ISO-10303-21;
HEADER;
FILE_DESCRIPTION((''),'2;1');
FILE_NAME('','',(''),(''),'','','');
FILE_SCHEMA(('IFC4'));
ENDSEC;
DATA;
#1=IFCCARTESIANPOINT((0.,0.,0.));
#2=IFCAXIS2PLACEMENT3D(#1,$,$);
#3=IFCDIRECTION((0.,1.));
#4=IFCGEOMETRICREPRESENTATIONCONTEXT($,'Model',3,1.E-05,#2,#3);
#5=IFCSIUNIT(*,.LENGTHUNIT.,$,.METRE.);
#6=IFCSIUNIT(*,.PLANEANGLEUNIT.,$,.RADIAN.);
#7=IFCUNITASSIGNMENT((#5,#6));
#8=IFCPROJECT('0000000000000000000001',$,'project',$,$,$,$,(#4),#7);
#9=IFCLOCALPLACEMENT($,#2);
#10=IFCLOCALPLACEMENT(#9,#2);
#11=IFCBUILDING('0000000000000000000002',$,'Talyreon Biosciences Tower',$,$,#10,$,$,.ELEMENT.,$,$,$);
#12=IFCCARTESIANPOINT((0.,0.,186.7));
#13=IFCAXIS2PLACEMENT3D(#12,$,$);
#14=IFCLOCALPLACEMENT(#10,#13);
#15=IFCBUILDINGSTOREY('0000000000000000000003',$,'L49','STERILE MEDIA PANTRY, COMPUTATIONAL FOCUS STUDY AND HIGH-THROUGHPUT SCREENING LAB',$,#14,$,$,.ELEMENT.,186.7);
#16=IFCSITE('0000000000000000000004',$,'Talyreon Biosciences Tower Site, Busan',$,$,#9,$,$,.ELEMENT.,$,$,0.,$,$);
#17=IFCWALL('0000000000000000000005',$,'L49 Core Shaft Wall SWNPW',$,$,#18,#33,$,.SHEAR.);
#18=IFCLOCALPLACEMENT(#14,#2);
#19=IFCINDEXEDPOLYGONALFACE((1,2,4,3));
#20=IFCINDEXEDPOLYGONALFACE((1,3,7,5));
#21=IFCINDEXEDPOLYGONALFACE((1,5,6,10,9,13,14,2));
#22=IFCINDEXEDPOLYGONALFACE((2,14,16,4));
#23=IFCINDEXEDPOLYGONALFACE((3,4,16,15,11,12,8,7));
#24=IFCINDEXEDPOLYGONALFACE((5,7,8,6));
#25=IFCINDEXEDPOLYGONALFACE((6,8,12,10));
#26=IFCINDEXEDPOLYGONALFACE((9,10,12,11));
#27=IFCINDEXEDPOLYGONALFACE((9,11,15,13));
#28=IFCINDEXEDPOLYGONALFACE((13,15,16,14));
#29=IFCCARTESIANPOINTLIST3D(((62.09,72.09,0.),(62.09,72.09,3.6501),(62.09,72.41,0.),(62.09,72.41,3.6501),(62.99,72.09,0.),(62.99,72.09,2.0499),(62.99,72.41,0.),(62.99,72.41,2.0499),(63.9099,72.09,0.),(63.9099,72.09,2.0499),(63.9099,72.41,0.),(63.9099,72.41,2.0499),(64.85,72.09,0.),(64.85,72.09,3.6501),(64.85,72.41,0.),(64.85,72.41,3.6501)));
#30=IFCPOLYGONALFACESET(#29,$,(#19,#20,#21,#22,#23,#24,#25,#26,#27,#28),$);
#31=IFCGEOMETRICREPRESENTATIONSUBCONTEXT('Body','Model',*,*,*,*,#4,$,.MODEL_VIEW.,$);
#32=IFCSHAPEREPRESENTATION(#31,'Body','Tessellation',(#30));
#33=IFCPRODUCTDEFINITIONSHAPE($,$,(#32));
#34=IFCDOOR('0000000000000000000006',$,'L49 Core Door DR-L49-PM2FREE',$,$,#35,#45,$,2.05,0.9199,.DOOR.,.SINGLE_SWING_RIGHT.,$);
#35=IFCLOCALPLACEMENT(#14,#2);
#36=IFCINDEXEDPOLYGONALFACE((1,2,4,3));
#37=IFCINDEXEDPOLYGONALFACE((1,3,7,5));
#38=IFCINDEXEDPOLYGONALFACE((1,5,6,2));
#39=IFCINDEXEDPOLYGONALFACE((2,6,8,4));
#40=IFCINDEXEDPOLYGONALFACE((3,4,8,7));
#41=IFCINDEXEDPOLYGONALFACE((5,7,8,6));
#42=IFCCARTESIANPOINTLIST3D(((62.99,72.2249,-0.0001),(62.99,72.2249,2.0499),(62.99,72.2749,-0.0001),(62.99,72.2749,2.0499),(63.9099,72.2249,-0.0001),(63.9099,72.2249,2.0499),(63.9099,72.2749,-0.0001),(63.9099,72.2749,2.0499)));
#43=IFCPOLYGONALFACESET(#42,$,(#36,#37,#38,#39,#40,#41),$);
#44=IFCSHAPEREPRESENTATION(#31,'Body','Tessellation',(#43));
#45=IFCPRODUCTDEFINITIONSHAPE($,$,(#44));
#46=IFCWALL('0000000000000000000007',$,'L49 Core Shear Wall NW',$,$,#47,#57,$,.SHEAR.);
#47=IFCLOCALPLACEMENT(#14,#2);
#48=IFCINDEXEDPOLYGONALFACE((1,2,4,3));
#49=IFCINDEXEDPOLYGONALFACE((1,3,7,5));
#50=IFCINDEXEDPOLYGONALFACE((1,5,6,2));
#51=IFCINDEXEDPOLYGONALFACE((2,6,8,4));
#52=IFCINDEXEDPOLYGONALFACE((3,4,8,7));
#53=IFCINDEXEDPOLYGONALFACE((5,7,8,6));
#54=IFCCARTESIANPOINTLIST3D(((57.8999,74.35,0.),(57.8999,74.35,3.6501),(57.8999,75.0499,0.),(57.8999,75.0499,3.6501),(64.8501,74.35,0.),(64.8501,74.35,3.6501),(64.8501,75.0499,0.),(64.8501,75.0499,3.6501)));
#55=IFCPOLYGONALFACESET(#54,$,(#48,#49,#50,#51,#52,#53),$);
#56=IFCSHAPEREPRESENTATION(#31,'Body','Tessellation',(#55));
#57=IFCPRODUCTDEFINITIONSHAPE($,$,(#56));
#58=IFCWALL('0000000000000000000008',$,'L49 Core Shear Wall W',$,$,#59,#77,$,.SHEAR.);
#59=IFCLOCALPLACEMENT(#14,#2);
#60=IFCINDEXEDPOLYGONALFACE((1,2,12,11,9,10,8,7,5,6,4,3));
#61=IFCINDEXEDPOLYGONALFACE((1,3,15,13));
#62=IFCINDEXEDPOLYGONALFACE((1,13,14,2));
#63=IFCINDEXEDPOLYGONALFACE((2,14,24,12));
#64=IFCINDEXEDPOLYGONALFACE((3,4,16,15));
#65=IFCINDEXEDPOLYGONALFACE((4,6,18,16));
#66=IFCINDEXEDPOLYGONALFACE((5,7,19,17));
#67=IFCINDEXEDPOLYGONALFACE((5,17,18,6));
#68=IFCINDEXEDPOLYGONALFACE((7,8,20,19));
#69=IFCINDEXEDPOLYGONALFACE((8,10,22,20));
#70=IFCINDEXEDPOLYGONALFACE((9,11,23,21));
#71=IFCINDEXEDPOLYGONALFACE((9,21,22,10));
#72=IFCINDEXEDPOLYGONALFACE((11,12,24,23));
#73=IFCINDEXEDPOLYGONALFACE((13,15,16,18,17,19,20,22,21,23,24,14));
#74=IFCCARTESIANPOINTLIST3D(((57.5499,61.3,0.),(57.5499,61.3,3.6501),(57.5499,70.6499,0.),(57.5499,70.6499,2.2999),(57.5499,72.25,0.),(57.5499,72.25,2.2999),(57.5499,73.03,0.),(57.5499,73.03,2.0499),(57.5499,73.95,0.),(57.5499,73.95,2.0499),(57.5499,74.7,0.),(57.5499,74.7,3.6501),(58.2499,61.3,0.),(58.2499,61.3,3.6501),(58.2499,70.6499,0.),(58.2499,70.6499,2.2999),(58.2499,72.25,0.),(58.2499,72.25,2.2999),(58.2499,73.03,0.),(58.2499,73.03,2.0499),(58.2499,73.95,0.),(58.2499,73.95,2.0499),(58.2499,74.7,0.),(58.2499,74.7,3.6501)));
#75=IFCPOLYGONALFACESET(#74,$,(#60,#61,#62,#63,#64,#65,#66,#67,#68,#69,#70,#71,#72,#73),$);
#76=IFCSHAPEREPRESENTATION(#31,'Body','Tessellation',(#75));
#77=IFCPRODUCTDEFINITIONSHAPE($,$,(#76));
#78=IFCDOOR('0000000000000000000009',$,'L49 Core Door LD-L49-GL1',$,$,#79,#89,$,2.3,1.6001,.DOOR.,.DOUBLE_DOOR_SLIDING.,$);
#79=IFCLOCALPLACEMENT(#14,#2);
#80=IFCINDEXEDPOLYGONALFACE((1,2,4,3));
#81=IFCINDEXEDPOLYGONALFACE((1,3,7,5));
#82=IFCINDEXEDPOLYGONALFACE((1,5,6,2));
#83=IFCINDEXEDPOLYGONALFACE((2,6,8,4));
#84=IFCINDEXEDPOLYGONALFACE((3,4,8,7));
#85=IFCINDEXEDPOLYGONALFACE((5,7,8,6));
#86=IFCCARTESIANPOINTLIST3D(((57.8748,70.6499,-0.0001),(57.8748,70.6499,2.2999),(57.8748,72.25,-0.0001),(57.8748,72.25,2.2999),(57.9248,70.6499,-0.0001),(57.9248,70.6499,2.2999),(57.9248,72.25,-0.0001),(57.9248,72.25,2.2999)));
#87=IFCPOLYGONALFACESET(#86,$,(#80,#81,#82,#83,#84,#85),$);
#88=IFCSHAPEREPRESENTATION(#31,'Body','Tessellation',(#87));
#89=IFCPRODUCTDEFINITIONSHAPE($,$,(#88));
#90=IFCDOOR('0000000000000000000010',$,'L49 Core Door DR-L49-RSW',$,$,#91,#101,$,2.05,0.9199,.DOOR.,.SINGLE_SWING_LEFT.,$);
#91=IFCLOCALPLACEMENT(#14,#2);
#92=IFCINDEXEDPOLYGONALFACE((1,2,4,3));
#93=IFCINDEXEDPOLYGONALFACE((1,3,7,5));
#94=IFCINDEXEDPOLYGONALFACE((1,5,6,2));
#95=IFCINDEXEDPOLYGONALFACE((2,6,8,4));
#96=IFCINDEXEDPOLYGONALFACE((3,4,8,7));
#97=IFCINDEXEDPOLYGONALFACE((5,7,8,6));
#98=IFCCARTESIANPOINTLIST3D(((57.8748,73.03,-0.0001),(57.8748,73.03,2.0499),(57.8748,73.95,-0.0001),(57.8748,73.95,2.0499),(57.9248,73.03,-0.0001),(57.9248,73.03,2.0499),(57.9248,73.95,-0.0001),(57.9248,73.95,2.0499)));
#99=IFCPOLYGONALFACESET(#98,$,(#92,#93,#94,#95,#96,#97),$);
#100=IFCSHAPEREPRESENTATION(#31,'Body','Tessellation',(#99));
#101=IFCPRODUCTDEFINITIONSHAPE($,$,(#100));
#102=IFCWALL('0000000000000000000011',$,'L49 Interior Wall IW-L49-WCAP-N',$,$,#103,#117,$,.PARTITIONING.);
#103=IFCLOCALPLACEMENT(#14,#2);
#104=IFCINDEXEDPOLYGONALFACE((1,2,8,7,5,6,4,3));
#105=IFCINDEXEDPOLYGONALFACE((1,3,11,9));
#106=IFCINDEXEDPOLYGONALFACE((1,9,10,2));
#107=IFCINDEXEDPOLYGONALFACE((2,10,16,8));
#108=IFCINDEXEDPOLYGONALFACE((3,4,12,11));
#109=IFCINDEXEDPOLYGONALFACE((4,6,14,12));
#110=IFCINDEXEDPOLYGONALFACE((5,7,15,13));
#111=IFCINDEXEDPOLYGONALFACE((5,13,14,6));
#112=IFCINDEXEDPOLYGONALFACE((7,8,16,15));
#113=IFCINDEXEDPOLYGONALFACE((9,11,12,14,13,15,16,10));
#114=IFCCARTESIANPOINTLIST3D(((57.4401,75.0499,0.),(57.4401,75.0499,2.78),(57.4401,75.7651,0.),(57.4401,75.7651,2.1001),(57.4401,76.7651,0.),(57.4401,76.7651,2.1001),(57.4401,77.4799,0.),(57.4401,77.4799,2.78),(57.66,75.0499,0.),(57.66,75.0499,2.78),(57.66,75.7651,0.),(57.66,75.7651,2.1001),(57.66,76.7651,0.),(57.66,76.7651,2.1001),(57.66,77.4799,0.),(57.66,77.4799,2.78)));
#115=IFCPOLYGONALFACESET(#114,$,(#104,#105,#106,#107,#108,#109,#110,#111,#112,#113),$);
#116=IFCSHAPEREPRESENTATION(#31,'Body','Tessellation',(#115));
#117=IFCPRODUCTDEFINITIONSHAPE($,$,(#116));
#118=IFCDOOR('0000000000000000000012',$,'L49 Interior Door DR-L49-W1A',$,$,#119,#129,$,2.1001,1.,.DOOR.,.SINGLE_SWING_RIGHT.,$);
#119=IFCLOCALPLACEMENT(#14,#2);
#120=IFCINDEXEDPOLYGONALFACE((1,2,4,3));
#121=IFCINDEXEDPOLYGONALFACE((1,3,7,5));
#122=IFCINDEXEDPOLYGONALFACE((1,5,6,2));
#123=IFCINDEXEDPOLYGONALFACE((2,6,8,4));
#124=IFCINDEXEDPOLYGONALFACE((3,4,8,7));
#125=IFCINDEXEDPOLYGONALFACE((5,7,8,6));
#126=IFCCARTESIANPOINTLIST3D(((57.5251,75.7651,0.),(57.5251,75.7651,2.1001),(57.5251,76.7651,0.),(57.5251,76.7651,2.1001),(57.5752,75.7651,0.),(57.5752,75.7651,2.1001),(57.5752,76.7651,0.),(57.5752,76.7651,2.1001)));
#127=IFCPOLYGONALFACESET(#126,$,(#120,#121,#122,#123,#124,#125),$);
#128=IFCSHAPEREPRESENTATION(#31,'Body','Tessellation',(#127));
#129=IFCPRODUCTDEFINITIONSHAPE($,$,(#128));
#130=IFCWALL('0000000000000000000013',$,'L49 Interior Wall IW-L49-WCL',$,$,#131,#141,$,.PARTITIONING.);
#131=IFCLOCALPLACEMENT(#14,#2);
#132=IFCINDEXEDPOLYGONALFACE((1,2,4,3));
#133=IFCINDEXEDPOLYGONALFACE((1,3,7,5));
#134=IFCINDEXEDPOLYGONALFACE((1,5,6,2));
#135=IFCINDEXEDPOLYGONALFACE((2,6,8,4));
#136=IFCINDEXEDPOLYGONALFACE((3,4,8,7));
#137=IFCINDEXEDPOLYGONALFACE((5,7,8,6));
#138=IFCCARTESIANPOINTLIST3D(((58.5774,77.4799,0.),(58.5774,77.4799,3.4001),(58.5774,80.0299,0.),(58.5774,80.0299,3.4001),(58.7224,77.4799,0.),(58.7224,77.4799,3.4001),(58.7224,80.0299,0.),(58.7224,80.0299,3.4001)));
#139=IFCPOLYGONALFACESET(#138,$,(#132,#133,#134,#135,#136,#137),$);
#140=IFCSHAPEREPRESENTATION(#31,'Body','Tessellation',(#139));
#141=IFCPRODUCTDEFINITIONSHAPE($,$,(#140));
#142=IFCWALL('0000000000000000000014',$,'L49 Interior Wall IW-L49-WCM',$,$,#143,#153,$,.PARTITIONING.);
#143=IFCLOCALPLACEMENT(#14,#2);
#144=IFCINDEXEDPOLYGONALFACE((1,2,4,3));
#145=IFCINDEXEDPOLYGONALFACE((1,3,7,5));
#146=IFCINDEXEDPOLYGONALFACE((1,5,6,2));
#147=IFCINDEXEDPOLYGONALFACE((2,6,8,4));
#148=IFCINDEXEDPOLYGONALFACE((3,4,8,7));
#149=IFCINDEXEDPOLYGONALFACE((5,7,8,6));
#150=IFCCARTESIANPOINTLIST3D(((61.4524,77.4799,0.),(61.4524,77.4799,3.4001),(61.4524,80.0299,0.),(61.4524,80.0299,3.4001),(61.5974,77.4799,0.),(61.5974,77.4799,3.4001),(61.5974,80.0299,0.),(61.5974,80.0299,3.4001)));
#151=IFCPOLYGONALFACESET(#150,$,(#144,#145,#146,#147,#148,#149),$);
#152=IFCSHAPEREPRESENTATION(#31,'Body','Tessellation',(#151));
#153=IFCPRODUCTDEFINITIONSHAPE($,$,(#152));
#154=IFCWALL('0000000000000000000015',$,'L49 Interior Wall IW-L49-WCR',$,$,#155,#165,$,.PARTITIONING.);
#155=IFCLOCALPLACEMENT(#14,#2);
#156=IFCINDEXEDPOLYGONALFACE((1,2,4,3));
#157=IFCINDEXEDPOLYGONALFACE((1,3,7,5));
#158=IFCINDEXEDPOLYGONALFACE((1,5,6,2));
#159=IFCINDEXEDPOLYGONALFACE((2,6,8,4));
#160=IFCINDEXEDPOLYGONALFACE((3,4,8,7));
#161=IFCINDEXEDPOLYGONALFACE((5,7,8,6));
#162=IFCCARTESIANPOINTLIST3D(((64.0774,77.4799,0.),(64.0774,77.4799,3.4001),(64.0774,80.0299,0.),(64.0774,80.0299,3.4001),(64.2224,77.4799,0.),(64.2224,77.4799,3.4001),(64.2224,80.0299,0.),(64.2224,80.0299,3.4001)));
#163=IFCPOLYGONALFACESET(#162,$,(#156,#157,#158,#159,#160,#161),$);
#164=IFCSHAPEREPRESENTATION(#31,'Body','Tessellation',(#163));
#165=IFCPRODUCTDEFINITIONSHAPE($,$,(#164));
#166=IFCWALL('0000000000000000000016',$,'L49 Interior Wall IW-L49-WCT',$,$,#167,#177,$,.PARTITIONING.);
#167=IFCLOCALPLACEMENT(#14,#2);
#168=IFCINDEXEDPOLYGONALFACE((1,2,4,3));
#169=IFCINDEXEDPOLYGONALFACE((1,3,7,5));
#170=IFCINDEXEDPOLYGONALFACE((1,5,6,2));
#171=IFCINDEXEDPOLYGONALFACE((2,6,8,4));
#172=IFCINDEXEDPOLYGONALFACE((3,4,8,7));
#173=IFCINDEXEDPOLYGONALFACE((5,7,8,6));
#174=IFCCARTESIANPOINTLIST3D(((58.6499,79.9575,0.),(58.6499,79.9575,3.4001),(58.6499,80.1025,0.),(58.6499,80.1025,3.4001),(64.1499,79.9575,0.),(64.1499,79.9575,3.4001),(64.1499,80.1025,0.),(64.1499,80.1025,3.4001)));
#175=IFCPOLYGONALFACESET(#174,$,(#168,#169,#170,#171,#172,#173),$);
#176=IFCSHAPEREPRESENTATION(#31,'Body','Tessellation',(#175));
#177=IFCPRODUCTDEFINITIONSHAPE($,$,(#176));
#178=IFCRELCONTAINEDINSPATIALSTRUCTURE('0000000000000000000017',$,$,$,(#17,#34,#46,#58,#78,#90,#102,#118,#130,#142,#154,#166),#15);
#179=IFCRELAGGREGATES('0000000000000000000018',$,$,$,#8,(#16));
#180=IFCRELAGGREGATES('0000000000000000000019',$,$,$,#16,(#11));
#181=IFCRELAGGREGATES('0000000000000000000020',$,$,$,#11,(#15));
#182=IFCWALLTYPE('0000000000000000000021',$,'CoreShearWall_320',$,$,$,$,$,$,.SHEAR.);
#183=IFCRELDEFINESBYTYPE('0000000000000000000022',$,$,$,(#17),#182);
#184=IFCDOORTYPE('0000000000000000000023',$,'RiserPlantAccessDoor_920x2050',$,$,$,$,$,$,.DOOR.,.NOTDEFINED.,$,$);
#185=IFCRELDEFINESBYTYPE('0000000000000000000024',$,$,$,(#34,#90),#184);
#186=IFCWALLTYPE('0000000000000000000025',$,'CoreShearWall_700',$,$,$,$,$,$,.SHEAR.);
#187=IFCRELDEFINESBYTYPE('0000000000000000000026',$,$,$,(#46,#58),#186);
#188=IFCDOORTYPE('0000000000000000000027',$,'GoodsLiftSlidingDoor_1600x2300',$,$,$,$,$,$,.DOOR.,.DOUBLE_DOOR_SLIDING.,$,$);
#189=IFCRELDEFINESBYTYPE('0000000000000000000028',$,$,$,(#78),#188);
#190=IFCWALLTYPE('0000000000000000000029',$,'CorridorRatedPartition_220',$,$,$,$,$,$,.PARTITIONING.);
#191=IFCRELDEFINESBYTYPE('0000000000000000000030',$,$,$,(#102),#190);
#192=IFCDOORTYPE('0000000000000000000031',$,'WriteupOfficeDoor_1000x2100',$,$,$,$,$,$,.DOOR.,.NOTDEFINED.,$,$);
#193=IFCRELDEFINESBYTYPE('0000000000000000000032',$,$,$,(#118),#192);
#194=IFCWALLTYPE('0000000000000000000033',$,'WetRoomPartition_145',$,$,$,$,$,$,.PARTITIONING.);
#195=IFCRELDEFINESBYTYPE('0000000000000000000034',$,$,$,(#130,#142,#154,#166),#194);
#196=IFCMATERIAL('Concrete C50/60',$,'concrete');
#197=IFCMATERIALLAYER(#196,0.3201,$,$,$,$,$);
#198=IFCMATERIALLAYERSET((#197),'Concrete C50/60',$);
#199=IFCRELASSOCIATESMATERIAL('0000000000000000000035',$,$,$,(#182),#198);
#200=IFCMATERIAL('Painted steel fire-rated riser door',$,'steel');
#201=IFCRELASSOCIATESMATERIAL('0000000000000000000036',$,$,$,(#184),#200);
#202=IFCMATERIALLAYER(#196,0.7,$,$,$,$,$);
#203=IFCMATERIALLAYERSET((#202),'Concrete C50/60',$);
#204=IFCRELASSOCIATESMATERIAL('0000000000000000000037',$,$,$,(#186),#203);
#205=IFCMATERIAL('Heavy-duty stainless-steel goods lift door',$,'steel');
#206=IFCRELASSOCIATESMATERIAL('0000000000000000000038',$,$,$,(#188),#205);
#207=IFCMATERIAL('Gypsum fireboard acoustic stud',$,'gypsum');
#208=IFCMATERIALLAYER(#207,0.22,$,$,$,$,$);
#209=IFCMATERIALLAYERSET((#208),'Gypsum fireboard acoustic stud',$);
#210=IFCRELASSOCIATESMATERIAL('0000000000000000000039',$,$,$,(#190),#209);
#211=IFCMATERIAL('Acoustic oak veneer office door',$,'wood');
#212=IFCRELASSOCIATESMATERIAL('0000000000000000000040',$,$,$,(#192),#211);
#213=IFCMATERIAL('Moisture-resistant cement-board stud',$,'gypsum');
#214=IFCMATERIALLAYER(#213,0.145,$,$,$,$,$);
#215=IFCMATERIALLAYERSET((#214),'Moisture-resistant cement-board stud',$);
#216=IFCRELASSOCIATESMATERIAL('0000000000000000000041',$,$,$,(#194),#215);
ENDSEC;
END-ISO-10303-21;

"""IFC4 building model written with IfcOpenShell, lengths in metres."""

from ifc_helpers import new_model, si_unit, direction, frame, frame_2d, origin, place, context, subcontext, project, spatial, rectangle, extrude, material, layer, layer_set, type_object, element, fill, save


model = new_model("IFC4")

# Units and contexts
model_context = context("Model", 3, precision=1e-05, world=origin(), true_north=direction((0.0, 1.0)))
body_context = subcontext(model_context, "Body", "Model", "MODEL_VIEW")
ifc_project = project(units=[si_unit("LENGTHUNIT", "METRE"), si_unit("PLANEANGLEUNIT", "RADIAN")], contexts=[model_context])

# Site, building, storey
site_placement = place(None, origin())
site = spatial("IfcSite", under=ifc_project, at=site_placement, Name="Talyreon Biosciences Tower Site, Busan", CompositionType="ELEMENT", RefElevation=0.0)
building_placement = place(site_placement, origin())
building = spatial("IfcBuilding", under=site, at=building_placement, Name="Talyreon Biosciences Tower", CompositionType="ELEMENT")
storey_placement = place(building_placement, frame((0.0, 0.0, 186.7)))
storey = spatial("IfcBuildingStorey", under=building, at=storey_placement, Name="L49", Description="STERILE MEDIA PANTRY, COMPUTATIONAL FOCUS STUDY AND HIGH-THROUGHPUT SCREENING LAB", CompositionType="ELEMENT", Elevation=186.7)

# Shared definitions
ifc_material_1 = material(Name="Concrete C50/60", Category="concrete")

# Shared definitions
ifc_layer_1 = layer(ifc_material_1, 0.3201)
ifc_layer_set_1 = layer_set([ifc_layer_1], Name="Concrete C50/60")
wall_type_1 = type_object("IfcWallType", Name="CoreShearWall_320", PredefinedType="SHEAR", material=ifc_layer_set_1)

# Wall, opening, door
wall_1_placement = place(storey_placement, frame((62.0901, 72.25, 0.0), z_axis=(0.0, 0.0, 1.0), x_axis=(1.0, 0.0, 0.0)))
wall_1 = element("IfcWall", 1, at=wall_1_placement, inside=storey, type_object=wall_type_1, Name="L49 Core Shaft Wall SWNPW", PredefinedType="SHEAR", context=body_context, shape_type="SweptSolid", body=[
    extrude(rectangle(XDim=2.76, YDim=0.3201, at=frame_2d((1.3799, 0.0))), origin(), (0.0, 0.0, 1.0), 3.6501),
])
opening_1_placement = place(wall_1_placement, frame((0.8999, 0.0, 0.0)))
opening_1 = element("IfcOpeningElement", 2, at=opening_1_placement, cuts=wall_1, PredefinedType="OPENING", context=body_context, shape_type="SweptSolid", body=[
    extrude(rectangle(XDim=0.9199, YDim=2.05, at=frame_2d((0.46, 1.0249))), frame((0.0, 0.1699, 0.0), z_axis=(0.0, -1.0, 0.0), x_axis=(1.0, 0.0, 0.0)), (0.0, 0.0, 1.0), 0.3401),
])
ifc_material_2 = material(Name="Painted steel fire-rated riser door", Category="steel")
door_type_1 = type_object("IfcDoorType", Name="RiserPlantAccessDoor_920x2050", OperationType="NOTDEFINED", PredefinedType="DOOR", material=ifc_material_2)
door_1_placement = place(opening_1_placement, origin())
door_1 = element("IfcDoor", 3, at=door_1_placement, inside=storey, type_object=door_type_1, Name="L49 Core Door DR-L49-PM2FREE", OperationType="SINGLE_SWING_RIGHT", OverallHeight=2.05, OverallWidth=0.9199, PredefinedType="DOOR", context=body_context, shape_type="SweptSolid", body=[
    extrude(rectangle(XDim=0.9199, YDim=2.05, at=frame_2d((0.46, 1.0249))), frame((0.0, 0.0249, 0.0), z_axis=(0.0, -1.0, 0.0), x_axis=(1.0, 0.0, 0.0)), (0.0, 0.0, 1.0), 0.05),
])
fill(opening_1, door_1)

# Wall
ifc_layer_2 = layer(ifc_material_1, 0.7)
ifc_layer_set_2 = layer_set([ifc_layer_2], Name="Concrete C50/60")
wall_type_2 = type_object("IfcWallType", Name="CoreShearWall_700", PredefinedType="SHEAR", material=ifc_layer_set_2)
wall_2_placement = place(storey_placement, frame((64.8501, 74.7, 0.0), z_axis=(0.0, 0.0, 1.0), x_axis=(-1.0, 0.0, 0.0)))
element("IfcWall", 4, at=wall_2_placement, inside=storey, type_object=wall_type_2, Name="L49 Core Shear Wall NW", PredefinedType="SHEAR", context=body_context, shape_type="SweptSolid", body=[
    extrude(rectangle(XDim=6.9502, YDim=0.7, at=frame_2d((3.4751, 0.0))), origin(), (0.0, 0.0, 1.0), 3.6501),
])

# Wall, openings, doors
wall_3_placement = place(storey_placement, frame((57.8999, 74.7, 0.0), z_axis=(0.0, 0.0, 1.0), x_axis=(0.0, -1.0, 0.0)))
wall_3 = element("IfcWall", 5, at=wall_3_placement, inside=storey, type_object=wall_type_2, Name="L49 Core Shear Wall W", PredefinedType="SHEAR", context=body_context, shape_type="SweptSolid", body=[
    extrude(rectangle(XDim=13.3999, YDim=0.7, at=frame_2d((6.7, 0.0))), origin(), (0.0, 0.0, 1.0), 3.6501),
])
opening_2_placement = place(wall_3_placement, frame((0.75, 0.0, 0.0)))
opening_2 = element("IfcOpeningElement", 6, at=opening_2_placement, cuts=wall_3, PredefinedType="OPENING", context=body_context, shape_type="SweptSolid", body=[
    extrude(rectangle(XDim=0.9199, YDim=2.05, at=frame_2d((0.46, 1.0249))), frame((0.0, 0.3599, 0.0), z_axis=(0.0, -1.0, 0.0), x_axis=(1.0, 0.0, 0.0)), (0.0, 0.0, 1.0), 0.72),
])
opening_3_placement = place(wall_3_placement, frame((2.45, 0.0, 0.0)))
opening_3 = element("IfcOpeningElement", 7, at=opening_3_placement, cuts=wall_3, PredefinedType="OPENING", context=body_context, shape_type="SweptSolid", body=[
    extrude(rectangle(XDim=1.6001, YDim=2.3, at=frame_2d((0.8, 1.1499))), frame((0.0, 0.3599, 0.0), z_axis=(0.0, -1.0, 0.0), x_axis=(1.0, 0.0, 0.0)), (0.0, 0.0, 1.0), 0.72),
])
ifc_material_3 = material(Name="Heavy-duty stainless-steel goods lift door", Category="steel")
door_type_2 = type_object("IfcDoorType", Name="GoodsLiftSlidingDoor_1600x2300", OperationType="DOUBLE_DOOR_SLIDING", PredefinedType="DOOR", material=ifc_material_3)
door_2_placement = place(opening_3_placement, origin())
door_2 = element("IfcDoor", 8, at=door_2_placement, inside=storey, type_object=door_type_2, Name="L49 Core Door LD-L49-GL1", OperationType="DOUBLE_DOOR_SLIDING", OverallHeight=2.3, OverallWidth=1.6001, PredefinedType="DOOR", context=body_context, shape_type="SweptSolid", body=[
    extrude(rectangle(XDim=1.6001, YDim=2.3, at=frame_2d((0.8, 1.1499))), frame((0.0, 0.0249, 0.0), z_axis=(0.0, -1.0, 0.0), x_axis=(1.0, 0.0, 0.0)), (0.0, 0.0, 1.0), 0.05),
])
fill(opening_3, door_2)
door_3_placement = place(opening_2_placement, origin())
door_3 = element("IfcDoor", 9, at=door_3_placement, inside=storey, type_object=door_type_1, Name="L49 Core Door DR-L49-RSW", OperationType="SINGLE_SWING_LEFT", OverallHeight=2.05, OverallWidth=0.9199, PredefinedType="DOOR", context=body_context, shape_type="SweptSolid", body=[
    extrude(rectangle(XDim=0.9199, YDim=2.05, at=frame_2d((0.46, 1.0249))), frame((0.0, 0.0249, 0.0), z_axis=(0.0, -1.0, 0.0), x_axis=(1.0, 0.0, 0.0)), (0.0, 0.0, 1.0), 0.05),
])
fill(opening_2, door_3)

# Wall, opening, door
ifc_material_4 = material(Name="Gypsum fireboard acoustic stud", Category="gypsum")
ifc_layer_3 = layer(ifc_material_4, 0.22)
ifc_layer_set_3 = layer_set([ifc_layer_3], Name="Gypsum fireboard acoustic stud")
wall_type_3 = type_object("IfcWallType", Name="CorridorRatedPartition_220", PredefinedType="PARTITIONING", material=ifc_layer_set_3)
wall_4_placement = place(storey_placement, frame((57.55, 75.05, 0.0), z_axis=(0.0, 0.0, 1.0), x_axis=(0.0, 1.0, 0.0)))
wall_4 = element("IfcWall", 10, at=wall_4_placement, inside=storey, type_object=wall_type_3, Name="L49 Interior Wall IW-L49-WCAP-N", PredefinedType="PARTITIONING", context=body_context, shape_type="SweptSolid", body=[
    extrude(rectangle(XDim=2.4299, YDim=0.22, at=frame_2d((1.2148, 0.0))), origin(), (0.0, 0.0, 1.0), 2.78),
])
opening_4_placement = place(wall_4_placement, frame((0.7151, 0.0, 0.0)))
opening_4 = element("IfcOpeningElement", 11, at=opening_4_placement, cuts=wall_4, PredefinedType="OPENING", context=body_context, shape_type="SweptSolid", body=[
    extrude(rectangle(XDim=1.0, YDim=2.1001, at=frame_2d((0.5, 1.05))), frame((0.0, 0.1199, 0.0), z_axis=(0.0, -1.0, 0.0), x_axis=(1.0, 0.0, 0.0)), (0.0, 0.0, 1.0), 0.24),
])
ifc_material_5 = material(Name="Acoustic oak veneer office door", Category="wood")
door_type_3 = type_object("IfcDoorType", Name="WriteupOfficeDoor_1000x2100", OperationType="NOTDEFINED", PredefinedType="DOOR", material=ifc_material_5)
door_4_placement = place(opening_4_placement, origin())
door_4 = element("IfcDoor", 12, at=door_4_placement, inside=storey, type_object=door_type_3, Name="L49 Interior Door DR-L49-W1A", OperationType="SINGLE_SWING_RIGHT", OverallHeight=2.1001, OverallWidth=1.0, PredefinedType="DOOR", context=body_context, shape_type="SweptSolid", body=[
    extrude(rectangle(XDim=1.0, YDim=2.1001, at=frame_2d((0.5, 1.05))), frame((0.0, 0.0249, 0.0), z_axis=(0.0, -1.0, 0.0), x_axis=(1.0, 0.0, 0.0)), (0.0, 0.0, 1.0), 0.05),
])
fill(opening_4, door_4)

# Walls
ifc_material_6 = material(Name="Moisture-resistant cement-board stud", Category="gypsum")
ifc_layer_4 = layer(ifc_material_6, 0.145)
ifc_layer_set_4 = layer_set([ifc_layer_4], Name="Moisture-resistant cement-board stud")
wall_type_4 = type_object("IfcWallType", Name="WetRoomPartition_145", PredefinedType="PARTITIONING", material=ifc_layer_set_4)
for number, where, z_axis, x_axis, name in (
    (13, (58.6499, 77.48, 0.0), (0.0, 0.0, 1.0), (0.0, 1.0, 0.0), "L49 Interior Wall IW-L49-WCL"),
    (14, (61.5249, 77.48, 0.0), (0.0, 0.0, 1.0), (0.0, 1.0, 0.0), "L49 Interior Wall IW-L49-WCM"),
    (15, (64.1499, 77.48, 0.0), (0.0, 0.0, 1.0), (0.0, 1.0, 0.0), "L49 Interior Wall IW-L49-WCR"),
):
    element("IfcWall", number, at=place(storey_placement, frame(where, z_axis=z_axis, x_axis=x_axis)), inside=storey, type_object=wall_type_4, Name=name, PredefinedType="PARTITIONING", context=body_context, shape_type="SweptSolid", body=[
        extrude(rectangle(XDim=2.55, YDim=0.145, at=frame_2d((1.2749, 0.0))), origin(), (0.0, 0.0, 1.0), 3.4001),
    ])
wall_5_placement = place(storey_placement, frame((58.6499, 80.03, 0.0), z_axis=(0.0, 0.0, 1.0), x_axis=(1.0, 0.0, 0.0)))
element("IfcWall", 16, at=wall_5_placement, inside=storey, type_object=wall_type_4, Name="L49 Interior Wall IW-L49-WCT", PredefinedType="PARTITIONING", context=body_context, shape_type="SweptSolid", body=[
    extrude(rectangle(XDim=5.5, YDim=0.145, at=frame_2d((2.75, 0.0))), origin(), (0.0, 0.0, 1.0), 3.4001),
])

save(model, "model.ifc")
